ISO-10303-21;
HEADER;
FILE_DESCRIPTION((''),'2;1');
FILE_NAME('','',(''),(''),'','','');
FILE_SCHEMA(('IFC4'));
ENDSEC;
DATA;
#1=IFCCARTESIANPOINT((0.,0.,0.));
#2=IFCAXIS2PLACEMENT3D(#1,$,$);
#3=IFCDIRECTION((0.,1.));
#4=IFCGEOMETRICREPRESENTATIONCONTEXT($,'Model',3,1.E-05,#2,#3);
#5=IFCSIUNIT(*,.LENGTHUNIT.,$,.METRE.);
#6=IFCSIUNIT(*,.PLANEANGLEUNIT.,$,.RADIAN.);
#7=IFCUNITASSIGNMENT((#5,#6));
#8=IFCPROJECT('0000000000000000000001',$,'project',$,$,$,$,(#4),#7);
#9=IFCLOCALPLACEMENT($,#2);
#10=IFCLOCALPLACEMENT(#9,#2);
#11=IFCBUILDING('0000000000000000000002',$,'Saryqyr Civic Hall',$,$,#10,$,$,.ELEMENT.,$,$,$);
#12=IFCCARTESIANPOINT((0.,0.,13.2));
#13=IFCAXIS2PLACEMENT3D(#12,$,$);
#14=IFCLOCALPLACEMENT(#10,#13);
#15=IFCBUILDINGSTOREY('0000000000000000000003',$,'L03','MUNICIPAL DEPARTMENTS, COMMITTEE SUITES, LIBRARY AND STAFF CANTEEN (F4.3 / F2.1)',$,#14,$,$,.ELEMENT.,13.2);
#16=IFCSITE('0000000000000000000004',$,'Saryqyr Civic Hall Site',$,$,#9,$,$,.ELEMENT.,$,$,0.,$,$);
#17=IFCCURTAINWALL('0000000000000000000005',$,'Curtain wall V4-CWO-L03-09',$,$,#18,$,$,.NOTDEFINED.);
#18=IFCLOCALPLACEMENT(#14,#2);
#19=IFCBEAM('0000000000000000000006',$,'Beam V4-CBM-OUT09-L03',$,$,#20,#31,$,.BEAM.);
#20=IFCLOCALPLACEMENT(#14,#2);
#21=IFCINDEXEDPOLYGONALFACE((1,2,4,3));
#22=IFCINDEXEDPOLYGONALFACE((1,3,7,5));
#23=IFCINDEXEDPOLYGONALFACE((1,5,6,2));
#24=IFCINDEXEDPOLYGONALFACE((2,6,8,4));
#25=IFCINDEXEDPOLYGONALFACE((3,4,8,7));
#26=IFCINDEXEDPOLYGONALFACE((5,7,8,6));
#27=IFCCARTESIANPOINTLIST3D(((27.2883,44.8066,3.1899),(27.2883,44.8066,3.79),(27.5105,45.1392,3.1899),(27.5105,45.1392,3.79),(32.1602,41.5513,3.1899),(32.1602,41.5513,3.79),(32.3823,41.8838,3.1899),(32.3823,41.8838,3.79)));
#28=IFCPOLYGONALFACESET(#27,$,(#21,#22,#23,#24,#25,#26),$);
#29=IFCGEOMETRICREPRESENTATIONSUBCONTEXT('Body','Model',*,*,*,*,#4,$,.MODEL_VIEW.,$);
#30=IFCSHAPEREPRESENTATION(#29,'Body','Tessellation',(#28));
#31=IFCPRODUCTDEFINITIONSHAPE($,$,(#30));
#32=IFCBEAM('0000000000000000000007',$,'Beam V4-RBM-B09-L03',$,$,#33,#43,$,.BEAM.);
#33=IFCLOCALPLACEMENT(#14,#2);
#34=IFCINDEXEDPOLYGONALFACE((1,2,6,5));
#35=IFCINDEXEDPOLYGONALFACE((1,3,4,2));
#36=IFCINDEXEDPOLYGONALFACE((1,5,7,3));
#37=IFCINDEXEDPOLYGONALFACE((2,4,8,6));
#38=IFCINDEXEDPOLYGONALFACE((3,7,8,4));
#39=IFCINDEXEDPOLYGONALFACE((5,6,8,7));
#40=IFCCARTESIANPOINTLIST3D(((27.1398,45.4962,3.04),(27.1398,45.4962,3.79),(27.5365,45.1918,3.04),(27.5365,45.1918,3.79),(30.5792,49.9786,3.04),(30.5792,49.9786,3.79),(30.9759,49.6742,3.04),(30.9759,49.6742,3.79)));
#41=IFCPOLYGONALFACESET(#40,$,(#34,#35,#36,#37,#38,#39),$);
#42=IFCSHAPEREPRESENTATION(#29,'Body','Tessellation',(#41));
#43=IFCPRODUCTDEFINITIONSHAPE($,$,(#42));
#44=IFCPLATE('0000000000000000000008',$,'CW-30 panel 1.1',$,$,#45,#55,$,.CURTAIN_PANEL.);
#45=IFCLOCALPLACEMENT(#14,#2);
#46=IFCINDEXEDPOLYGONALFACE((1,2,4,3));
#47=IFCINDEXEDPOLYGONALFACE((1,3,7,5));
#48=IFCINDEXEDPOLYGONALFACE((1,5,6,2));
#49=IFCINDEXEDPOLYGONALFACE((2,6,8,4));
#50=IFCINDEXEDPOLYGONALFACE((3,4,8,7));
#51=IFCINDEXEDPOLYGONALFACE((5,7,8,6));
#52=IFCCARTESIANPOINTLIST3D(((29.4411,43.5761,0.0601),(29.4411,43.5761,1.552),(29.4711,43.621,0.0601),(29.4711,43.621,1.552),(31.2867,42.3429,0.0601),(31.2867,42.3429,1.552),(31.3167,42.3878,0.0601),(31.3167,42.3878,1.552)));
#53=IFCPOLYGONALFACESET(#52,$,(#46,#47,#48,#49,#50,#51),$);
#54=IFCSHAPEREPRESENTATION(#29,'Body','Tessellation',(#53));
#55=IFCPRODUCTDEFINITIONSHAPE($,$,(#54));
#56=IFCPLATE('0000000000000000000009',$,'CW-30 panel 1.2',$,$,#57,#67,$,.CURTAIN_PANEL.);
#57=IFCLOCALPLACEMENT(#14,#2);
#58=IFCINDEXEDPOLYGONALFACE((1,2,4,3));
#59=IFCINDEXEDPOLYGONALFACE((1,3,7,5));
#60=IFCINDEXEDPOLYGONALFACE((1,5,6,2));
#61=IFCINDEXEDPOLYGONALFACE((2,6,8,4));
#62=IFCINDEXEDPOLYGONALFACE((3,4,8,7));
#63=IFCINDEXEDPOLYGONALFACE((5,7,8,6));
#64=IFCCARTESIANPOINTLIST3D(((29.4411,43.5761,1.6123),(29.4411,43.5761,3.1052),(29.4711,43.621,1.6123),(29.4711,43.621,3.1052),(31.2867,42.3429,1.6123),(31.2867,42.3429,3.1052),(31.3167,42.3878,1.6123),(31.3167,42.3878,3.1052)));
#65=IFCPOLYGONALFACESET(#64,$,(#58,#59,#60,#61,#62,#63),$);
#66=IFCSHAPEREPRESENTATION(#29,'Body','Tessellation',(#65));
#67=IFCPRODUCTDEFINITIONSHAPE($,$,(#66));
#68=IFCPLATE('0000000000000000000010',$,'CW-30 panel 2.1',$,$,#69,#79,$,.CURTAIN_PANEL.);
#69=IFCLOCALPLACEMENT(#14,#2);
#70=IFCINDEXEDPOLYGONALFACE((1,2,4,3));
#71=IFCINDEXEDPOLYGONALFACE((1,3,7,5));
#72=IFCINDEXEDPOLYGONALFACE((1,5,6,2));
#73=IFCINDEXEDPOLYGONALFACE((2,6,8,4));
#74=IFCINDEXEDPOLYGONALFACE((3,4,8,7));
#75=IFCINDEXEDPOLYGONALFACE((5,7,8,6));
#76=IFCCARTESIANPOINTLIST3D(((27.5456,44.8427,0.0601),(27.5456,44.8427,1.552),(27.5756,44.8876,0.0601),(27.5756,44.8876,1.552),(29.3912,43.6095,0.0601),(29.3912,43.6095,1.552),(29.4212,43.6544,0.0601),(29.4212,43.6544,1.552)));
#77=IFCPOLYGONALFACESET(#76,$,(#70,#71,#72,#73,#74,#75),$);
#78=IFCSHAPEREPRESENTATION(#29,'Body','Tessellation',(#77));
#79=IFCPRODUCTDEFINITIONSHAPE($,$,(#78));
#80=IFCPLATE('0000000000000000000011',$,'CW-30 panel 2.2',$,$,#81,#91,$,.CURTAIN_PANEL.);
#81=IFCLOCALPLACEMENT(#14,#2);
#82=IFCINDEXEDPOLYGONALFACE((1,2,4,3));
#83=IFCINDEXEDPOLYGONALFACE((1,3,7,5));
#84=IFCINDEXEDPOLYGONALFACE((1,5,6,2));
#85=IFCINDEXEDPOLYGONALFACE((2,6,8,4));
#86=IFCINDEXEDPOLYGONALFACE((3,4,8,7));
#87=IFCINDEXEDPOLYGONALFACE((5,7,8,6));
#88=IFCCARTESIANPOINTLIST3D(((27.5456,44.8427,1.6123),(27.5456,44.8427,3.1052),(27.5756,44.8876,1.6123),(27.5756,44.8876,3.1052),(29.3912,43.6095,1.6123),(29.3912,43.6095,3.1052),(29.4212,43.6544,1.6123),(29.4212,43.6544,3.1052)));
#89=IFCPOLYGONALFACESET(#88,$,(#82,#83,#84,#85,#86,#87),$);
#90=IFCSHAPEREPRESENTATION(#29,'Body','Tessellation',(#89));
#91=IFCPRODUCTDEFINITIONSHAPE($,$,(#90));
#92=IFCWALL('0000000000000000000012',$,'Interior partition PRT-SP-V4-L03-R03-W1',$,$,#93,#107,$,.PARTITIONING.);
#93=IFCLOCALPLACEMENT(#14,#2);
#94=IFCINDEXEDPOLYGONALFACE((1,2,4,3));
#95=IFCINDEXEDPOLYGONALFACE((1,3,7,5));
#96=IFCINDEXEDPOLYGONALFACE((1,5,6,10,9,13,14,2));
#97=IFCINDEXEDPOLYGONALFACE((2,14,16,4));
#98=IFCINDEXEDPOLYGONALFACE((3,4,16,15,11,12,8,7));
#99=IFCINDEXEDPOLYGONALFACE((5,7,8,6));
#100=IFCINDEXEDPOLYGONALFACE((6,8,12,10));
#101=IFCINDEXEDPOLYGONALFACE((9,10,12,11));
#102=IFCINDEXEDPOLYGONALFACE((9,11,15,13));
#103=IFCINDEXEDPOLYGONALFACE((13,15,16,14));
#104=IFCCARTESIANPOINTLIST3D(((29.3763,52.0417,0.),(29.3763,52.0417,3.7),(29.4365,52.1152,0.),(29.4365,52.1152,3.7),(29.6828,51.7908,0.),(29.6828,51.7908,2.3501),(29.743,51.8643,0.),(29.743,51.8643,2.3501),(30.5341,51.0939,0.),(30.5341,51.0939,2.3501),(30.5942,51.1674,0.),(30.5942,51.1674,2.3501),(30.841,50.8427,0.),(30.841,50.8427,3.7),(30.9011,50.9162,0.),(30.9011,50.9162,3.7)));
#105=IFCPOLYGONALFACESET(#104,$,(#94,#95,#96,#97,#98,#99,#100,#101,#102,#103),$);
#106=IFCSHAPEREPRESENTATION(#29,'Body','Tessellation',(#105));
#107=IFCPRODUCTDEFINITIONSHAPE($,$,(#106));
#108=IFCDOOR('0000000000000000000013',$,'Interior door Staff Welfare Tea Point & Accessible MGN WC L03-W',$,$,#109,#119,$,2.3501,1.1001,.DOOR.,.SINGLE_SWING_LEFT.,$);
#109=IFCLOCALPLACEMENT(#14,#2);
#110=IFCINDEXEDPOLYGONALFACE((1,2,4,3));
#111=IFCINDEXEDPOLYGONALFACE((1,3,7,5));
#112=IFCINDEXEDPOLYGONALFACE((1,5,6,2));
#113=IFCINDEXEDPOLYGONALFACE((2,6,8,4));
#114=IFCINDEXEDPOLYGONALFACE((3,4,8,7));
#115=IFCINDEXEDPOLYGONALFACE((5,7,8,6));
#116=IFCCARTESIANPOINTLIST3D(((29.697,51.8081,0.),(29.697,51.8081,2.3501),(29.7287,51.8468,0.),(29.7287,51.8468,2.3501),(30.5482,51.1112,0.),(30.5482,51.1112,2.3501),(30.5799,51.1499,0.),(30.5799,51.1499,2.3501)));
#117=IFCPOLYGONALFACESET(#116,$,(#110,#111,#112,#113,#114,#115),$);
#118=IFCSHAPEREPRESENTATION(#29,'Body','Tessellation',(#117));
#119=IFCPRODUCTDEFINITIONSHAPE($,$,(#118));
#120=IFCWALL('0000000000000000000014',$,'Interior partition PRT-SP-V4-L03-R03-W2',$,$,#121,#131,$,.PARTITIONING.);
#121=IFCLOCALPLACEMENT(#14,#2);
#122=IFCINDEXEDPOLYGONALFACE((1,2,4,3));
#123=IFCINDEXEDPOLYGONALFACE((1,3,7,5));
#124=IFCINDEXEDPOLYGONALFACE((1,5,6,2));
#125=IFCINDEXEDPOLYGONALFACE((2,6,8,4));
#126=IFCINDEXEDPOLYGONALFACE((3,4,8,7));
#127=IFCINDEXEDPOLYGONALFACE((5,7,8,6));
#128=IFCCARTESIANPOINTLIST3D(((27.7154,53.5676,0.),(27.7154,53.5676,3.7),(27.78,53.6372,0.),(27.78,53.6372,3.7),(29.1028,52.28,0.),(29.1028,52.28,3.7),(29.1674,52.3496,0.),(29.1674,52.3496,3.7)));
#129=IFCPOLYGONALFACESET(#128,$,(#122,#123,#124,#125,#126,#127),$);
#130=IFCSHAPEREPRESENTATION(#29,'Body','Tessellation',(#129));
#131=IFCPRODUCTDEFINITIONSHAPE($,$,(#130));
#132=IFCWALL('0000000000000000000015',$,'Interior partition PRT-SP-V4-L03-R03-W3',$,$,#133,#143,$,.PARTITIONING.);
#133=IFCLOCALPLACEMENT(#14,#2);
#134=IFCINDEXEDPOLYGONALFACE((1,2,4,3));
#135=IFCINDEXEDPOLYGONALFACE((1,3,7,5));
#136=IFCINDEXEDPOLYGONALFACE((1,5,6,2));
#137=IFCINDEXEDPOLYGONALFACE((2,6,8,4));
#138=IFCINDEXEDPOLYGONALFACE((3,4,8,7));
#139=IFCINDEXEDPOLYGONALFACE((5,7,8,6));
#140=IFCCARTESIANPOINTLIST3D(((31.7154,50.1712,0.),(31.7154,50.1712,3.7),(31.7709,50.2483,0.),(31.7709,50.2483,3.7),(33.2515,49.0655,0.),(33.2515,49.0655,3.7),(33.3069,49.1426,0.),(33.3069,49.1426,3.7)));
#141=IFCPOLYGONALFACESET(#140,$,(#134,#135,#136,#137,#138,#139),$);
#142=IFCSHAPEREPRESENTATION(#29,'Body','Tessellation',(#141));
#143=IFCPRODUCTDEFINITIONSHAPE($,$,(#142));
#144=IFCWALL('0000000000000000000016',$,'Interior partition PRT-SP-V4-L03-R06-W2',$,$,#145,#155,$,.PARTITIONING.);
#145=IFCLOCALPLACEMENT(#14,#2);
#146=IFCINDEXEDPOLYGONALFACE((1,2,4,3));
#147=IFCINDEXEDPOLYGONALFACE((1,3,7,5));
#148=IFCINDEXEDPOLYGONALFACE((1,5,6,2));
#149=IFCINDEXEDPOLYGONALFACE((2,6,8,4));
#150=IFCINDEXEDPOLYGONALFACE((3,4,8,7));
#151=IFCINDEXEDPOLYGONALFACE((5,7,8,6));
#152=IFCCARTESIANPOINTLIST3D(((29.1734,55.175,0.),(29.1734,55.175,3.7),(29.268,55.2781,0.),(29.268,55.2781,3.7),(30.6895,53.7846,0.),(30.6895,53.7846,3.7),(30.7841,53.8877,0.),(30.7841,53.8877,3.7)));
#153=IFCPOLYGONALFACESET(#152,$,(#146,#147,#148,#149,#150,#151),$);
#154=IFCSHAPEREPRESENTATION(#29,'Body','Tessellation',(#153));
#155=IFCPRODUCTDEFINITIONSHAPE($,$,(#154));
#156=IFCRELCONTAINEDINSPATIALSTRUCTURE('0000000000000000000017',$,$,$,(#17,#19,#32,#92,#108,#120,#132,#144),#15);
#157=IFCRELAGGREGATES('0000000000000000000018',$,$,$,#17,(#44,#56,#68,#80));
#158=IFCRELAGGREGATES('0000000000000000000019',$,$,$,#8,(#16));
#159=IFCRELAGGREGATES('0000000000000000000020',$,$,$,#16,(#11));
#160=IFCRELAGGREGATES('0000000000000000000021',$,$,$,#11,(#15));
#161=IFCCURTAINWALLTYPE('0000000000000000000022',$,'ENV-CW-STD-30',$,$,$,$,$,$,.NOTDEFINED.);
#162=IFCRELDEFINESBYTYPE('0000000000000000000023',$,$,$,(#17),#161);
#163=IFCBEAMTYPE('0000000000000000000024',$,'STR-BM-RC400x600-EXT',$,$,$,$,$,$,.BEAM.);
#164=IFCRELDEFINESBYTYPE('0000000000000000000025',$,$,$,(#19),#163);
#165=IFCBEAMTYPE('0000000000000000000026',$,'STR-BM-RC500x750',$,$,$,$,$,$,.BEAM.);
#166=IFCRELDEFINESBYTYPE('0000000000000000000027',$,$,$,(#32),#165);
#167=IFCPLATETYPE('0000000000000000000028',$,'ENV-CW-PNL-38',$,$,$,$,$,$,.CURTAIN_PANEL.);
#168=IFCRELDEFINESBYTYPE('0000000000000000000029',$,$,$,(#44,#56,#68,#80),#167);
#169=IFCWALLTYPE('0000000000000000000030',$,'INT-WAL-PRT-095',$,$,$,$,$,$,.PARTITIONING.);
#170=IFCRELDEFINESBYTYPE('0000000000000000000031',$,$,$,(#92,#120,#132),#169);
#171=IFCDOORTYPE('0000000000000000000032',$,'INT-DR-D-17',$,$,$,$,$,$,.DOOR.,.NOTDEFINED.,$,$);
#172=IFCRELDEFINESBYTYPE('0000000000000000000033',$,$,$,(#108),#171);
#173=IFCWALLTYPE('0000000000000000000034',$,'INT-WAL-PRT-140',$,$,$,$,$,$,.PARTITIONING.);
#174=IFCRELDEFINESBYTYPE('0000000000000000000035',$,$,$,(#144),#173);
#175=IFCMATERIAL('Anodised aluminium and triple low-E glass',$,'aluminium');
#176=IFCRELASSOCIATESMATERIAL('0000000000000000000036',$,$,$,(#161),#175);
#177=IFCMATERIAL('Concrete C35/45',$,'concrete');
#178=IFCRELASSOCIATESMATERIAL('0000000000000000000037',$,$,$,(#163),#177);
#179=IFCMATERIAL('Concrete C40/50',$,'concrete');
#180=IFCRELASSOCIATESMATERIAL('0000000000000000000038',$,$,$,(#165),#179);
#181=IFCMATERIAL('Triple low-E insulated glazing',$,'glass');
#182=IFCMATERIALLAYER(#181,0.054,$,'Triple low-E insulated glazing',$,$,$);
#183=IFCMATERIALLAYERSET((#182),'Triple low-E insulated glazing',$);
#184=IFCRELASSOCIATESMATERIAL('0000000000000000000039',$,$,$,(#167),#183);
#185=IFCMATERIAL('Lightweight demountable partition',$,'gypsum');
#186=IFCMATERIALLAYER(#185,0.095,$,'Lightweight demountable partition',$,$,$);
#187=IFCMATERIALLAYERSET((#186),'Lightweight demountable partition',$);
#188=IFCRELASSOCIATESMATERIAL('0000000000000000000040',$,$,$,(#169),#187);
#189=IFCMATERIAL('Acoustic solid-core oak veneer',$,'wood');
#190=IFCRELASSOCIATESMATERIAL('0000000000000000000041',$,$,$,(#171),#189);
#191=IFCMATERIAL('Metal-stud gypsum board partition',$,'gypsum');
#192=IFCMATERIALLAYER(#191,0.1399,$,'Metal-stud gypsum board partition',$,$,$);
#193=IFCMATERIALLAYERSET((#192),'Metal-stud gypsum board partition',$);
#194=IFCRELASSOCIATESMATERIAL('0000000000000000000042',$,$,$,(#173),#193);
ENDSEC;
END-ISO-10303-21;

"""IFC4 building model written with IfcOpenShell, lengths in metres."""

from ifc_helpers import new_model, si_unit, direction, frame, frame_2d, origin, origin_2d, place, context, subcontext, project, spatial, rectangle, extrude, material, layer, layer_set, material_profile, profile_set, type_object, element, fill, aggregate, save


model = new_model("IFC4")

# Units and contexts
model_context = context("Model", 3, precision=1e-05, world=origin(), true_north=direction((0.0, 1.0)))
body_context = subcontext(model_context, "Body", "Model", "MODEL_VIEW")
ifc_project = project(units=[si_unit("LENGTHUNIT", "METRE"), si_unit("PLANEANGLEUNIT", "RADIAN")], contexts=[model_context])

# Site, building, storey
site_placement = place(None, origin())
site = spatial("IfcSite", under=ifc_project, at=site_placement, Name="Saryqyr Civic Hall Site", CompositionType="ELEMENT", RefElevation=0.0)
building_placement = place(site_placement, origin())
building = spatial("IfcBuilding", under=site, at=building_placement, Name="Saryqyr Civic Hall", CompositionType="ELEMENT")
storey_placement = place(building_placement, frame((0.0, 0.0, 13.2)))
storey = spatial("IfcBuildingStorey", under=building, at=storey_placement, Name="L03", Description="MUNICIPAL DEPARTMENTS, COMMITTEE SUITES, LIBRARY AND STAFF CANTEEN (F4.3 / F2.1)", CompositionType="ELEMENT", Elevation=13.2)

# Shared definitions
ifc_material_1 = material(Name="Concrete C40/50", Category="concrete")
ifc_material_2 = material(Name="Concrete C35/45", Category="concrete")

# Curtain wall
ifc_material_3 = material(Name="Anodised aluminium and triple low-E glass", Category="aluminium")
curtain_wall_type = type_object("IfcCurtainWallType", Name="ENV-CW-STD-30", PredefinedType="NOTDEFINED", material=ifc_material_3)
curtain_wall_placement = place(storey_placement, origin())
curtain_wall = element("IfcCurtainWall", 1, at=curtain_wall_placement, inside=storey, type_object=curtain_wall_type, Name="Curtain wall V4-CWO-L03-09", PredefinedType="NOTDEFINED")

# Beams
ifc_material_profile_1 = material_profile(ifc_material_2, rectangle(XDim=0.3999, YDim=0.6001, at=origin_2d()), Name="RC 400x600")
ifc_profile_set_1 = profile_set([ifc_material_profile_1], Name="Concrete C35/45")
beam_type_1 = type_object("IfcBeamType", Name="STR-BM-RC400x600-EXT", PredefinedType="BEAM", material=ifc_profile_set_1)
beam_1_placement = place(storey_placement, frame((27.3994, 44.9729, 3.49), z_axis=(0.83146, -0.555584, 0.0), x_axis=(0.555584, 0.83146, 0.0)))
element("IfcBeam", 2, at=beam_1_placement, inside=storey, type_object=beam_type_1, Name="Beam V4-CBM-OUT09-L03", PredefinedType="BEAM", context=body_context, shape_type="SweptSolid", body=[
    extrude(rectangle(XDim=0.3999, YDim=0.6001, at=origin_2d()), origin(), (0.0, 0.0, 1.0), 5.8594),
])
ifc_material_profile_2 = material_profile(ifc_material_1, rectangle(XDim=0.5, YDim=0.75, at=origin_2d()), Name="RC 500x750")
ifc_profile_set_2 = profile_set([ifc_material_profile_2], Name="Concrete C40/50")
beam_type_2 = type_object("IfcBeamType", Name="STR-BM-RC500x750", PredefinedType="BEAM", material=ifc_profile_set_2)
beam_2_placement = place(storey_placement, frame((30.7776, 49.8264, 3.415), z_axis=(-0.608758, -0.793356, 0.0), x_axis=(0.793356, -0.608758, 0.0)))
element("IfcBeam", 3, at=beam_2_placement, inside=storey, type_object=beam_type_2, Name="Beam V4-RBM-B09-L03", PredefinedType="BEAM", context=body_context, shape_type="SweptSolid", body=[
    extrude(rectangle(XDim=0.5, YDim=0.75, at=origin_2d()), origin(), (0.0, 0.0, 1.0), 5.6499),
])

# Plates
ifc_material_4 = material(Name="Triple low-E insulated glazing", Category="glass")
ifc_layer_1 = layer(ifc_material_4, 0.054, Name="Triple low-E insulated glazing")
ifc_layer_set_1 = layer_set([ifc_layer_1], Name="Triple low-E insulated glazing")
plate_type = type_object("IfcPlateType", Name="ENV-CW-PNL-38", PredefinedType="CURTAIN_PANEL", material=ifc_layer_set_1)
plate_1_placement = place(storey_placement, frame((30.3789, 42.9819, 0.0601), z_axis=(0.0, 0.0, 1.0), x_axis=(-0.831477, 0.555559, 0.0)))
plate_1 = element("IfcPlate", 4, at=plate_1_placement, type_object=plate_type, Name="CW-30 panel 1.1", PredefinedType="CURTAIN_PANEL", context=body_context, shape_type="SweptSolid", body=[
    extrude(rectangle(XDim=2.2197, YDim=0.054, at=origin_2d()), origin(), (0.0, 0.0, 1.0), 1.4919),
])
plate_2_placement = place(storey_placement, frame((30.3789, 42.9819, 1.6123), z_axis=(0.0, 0.0, 1.0), x_axis=(-0.831477, 0.555559, 0.0)))
plate_2 = element("IfcPlate", 5, at=plate_2_placement, type_object=plate_type, Name="CW-30 panel 1.2", PredefinedType="CURTAIN_PANEL", context=body_context, shape_type="SweptSolid", body=[
    extrude(rectangle(XDim=2.2197, YDim=0.054, at=origin_2d()), origin(), (0.0, 0.0, 1.0), 1.4929),
])
plate_3_placement = place(storey_placement, frame((28.4834, 44.2485, 0.0601), z_axis=(0.0, 0.0, 1.0), x_axis=(-0.831477, 0.555559, 0.0)))
plate_3 = element("IfcPlate", 6, at=plate_3_placement, type_object=plate_type, Name="CW-30 panel 2.1", PredefinedType="CURTAIN_PANEL", context=body_context, shape_type="SweptSolid", body=[
    extrude(rectangle(XDim=2.2197, YDim=0.054, at=origin_2d()), origin(), (0.0, 0.0, 1.0), 1.4919),
])
plate_4_placement = place(storey_placement, frame((28.4834, 44.2485, 1.6123), z_axis=(0.0, 0.0, 1.0), x_axis=(-0.831477, 0.555559, 0.0)))
plate_4 = element("IfcPlate", 7, at=plate_4_placement, type_object=plate_type, Name="CW-30 panel 2.2", PredefinedType="CURTAIN_PANEL", context=body_context, shape_type="SweptSolid", body=[
    extrude(rectangle(XDim=2.2197, YDim=0.054, at=origin_2d()), origin(), (0.0, 0.0, 1.0), 1.4929),
])
aggregate(curtain_wall, [plate_1, plate_2, plate_3, plate_4])

# Wall, opening, door
ifc_material_5 = material(Name="Lightweight demountable partition", Category="gypsum")
ifc_layer_2 = layer(ifc_material_5, 0.095, Name="Lightweight demountable partition")
ifc_layer_set_2 = layer_set([ifc_layer_2], Name="Lightweight demountable partition")
wall_type_1 = type_object("IfcWallType", Name="INT-WAL-PRT-095", PredefinedType="PARTITIONING", material=ifc_layer_set_2)
wall_1_placement = place(storey_placement, frame((29.4065, 52.0784, 0.0), z_axis=(0.0, 0.0, 1.0), x_axis=(0.773785, -0.633448, 0.0)))
wall_1 = element("IfcWall", 8, at=wall_1_placement, inside=storey, type_object=wall_type_1, Name="Interior partition PRT-SP-V4-L03-R03-W1", PredefinedType="PARTITIONING", context=body_context, shape_type="SweptSolid", body=[
    extrude(rectangle(XDim=1.8928, YDim=0.095, at=frame_2d((0.9463, 0.0))), origin(), (0.0, 0.0, 1.0), 3.7),
])
opening_placement = place(wall_1_placement, frame((0.396, 0.0, 0.0)))
opening = element("IfcOpeningElement", 9, at=opening_placement, cuts=wall_1, PredefinedType="OPENING", context=body_context, shape_type="SweptSolid", body=[
    extrude(rectangle(XDim=1.1001, YDim=2.3501, at=frame_2d((0.55, 1.175))), frame((0.0, 0.0574, 0.0), z_axis=(0.0, -1.0, 0.0), x_axis=(1.0, 0.0, 0.0)), (0.0, 0.0, 1.0), 0.115),
])
ifc_material_6 = material(Name="Acoustic solid-core oak veneer", Category="wood")
door_type = type_object("IfcDoorType", Name="INT-DR-D-17", OperationType="NOTDEFINED", PredefinedType="DOOR", material=ifc_material_6)
door_placement = place(opening_placement, origin())
door = element("IfcDoor", 10, at=door_placement, inside=storey, type_object=door_type, Name="Interior door Staff Welfare Tea Point & Accessible MGN WC L03-W", OperationType="SINGLE_SWING_LEFT", OverallHeight=2.3501, OverallWidth=1.1001, PredefinedType="DOOR", context=body_context, shape_type="SweptSolid", body=[
    extrude(rectangle(XDim=1.1001, YDim=2.3501, at=frame_2d((0.55, 1.175))), frame((0.0, 0.0249, 0.0), z_axis=(0.0, -1.0, 0.0), x_axis=(1.0, 0.0, 0.0)), (0.0, 0.0, 1.0), 0.05),
])
fill(opening, door)

# Walls
wall_2_placement = place(storey_placement, frame((27.7478, 53.6023, 0.0), z_axis=(0.0, 0.0, 1.0), x_axis=(0.732991, -0.680238, 0.0)))
element("IfcWall", 11, at=wall_2_placement, inside=storey, type_object=wall_type_1, Name="Interior partition PRT-SP-V4-L03-R03-W2", PredefinedType="PARTITIONING", context=body_context, shape_type="SweptSolid", body=[
    extrude(rectangle(XDim=1.8928, YDim=0.095, at=frame_2d((0.9463, 0.0))), origin(), (0.0, 0.0, 1.0), 3.7),
])
wall_3_placement = place(storey_placement, frame((31.7432, 50.2097, 0.0), z_axis=(0.0, 0.0, 1.0), x_axis=(0.81161, -0.584199, 0.0)))
element("IfcWall", 12, at=wall_3_placement, inside=storey, type_object=wall_type_1, Name="Interior partition PRT-SP-V4-L03-R03-W3", PredefinedType="PARTITIONING", context=body_context, shape_type="SweptSolid", body=[
    extrude(rectangle(XDim=1.8926, YDim=0.095, at=frame_2d((0.9463, 0.0))), origin(), (0.0, 0.0, 1.0), 3.7),
])
ifc_material_7 = material(Name="Metal-stud gypsum board partition", Category="gypsum")
ifc_layer_3 = layer(ifc_material_7, 0.1399, Name="Metal-stud gypsum board partition")
ifc_layer_set_3 = layer_set([ifc_layer_3], Name="Metal-stud gypsum board partition")
wall_type_2 = type_object("IfcWallType", Name="INT-WAL-PRT-140", PredefinedType="PARTITIONING", material=ifc_layer_set_3)
wall_4_placement = place(storey_placement, frame((30.7368, 53.8362, 0.0), z_axis=(0.0, 0.0, 1.0), x_axis=(-0.737006, 0.675886, 0.0)))
element("IfcWall", 13, at=wall_4_placement, inside=storey, type_object=wall_type_2, Name="Interior partition PRT-SP-V4-L03-R06-W2", PredefinedType="PARTITIONING", context=body_context, shape_type="SweptSolid", body=[
    extrude(rectangle(XDim=2.0571, YDim=0.1399, at=frame_2d((1.0286, 0.0))), origin(), (0.0, 0.0, 1.0), 3.7),
])

save(model, "model.ifc")
